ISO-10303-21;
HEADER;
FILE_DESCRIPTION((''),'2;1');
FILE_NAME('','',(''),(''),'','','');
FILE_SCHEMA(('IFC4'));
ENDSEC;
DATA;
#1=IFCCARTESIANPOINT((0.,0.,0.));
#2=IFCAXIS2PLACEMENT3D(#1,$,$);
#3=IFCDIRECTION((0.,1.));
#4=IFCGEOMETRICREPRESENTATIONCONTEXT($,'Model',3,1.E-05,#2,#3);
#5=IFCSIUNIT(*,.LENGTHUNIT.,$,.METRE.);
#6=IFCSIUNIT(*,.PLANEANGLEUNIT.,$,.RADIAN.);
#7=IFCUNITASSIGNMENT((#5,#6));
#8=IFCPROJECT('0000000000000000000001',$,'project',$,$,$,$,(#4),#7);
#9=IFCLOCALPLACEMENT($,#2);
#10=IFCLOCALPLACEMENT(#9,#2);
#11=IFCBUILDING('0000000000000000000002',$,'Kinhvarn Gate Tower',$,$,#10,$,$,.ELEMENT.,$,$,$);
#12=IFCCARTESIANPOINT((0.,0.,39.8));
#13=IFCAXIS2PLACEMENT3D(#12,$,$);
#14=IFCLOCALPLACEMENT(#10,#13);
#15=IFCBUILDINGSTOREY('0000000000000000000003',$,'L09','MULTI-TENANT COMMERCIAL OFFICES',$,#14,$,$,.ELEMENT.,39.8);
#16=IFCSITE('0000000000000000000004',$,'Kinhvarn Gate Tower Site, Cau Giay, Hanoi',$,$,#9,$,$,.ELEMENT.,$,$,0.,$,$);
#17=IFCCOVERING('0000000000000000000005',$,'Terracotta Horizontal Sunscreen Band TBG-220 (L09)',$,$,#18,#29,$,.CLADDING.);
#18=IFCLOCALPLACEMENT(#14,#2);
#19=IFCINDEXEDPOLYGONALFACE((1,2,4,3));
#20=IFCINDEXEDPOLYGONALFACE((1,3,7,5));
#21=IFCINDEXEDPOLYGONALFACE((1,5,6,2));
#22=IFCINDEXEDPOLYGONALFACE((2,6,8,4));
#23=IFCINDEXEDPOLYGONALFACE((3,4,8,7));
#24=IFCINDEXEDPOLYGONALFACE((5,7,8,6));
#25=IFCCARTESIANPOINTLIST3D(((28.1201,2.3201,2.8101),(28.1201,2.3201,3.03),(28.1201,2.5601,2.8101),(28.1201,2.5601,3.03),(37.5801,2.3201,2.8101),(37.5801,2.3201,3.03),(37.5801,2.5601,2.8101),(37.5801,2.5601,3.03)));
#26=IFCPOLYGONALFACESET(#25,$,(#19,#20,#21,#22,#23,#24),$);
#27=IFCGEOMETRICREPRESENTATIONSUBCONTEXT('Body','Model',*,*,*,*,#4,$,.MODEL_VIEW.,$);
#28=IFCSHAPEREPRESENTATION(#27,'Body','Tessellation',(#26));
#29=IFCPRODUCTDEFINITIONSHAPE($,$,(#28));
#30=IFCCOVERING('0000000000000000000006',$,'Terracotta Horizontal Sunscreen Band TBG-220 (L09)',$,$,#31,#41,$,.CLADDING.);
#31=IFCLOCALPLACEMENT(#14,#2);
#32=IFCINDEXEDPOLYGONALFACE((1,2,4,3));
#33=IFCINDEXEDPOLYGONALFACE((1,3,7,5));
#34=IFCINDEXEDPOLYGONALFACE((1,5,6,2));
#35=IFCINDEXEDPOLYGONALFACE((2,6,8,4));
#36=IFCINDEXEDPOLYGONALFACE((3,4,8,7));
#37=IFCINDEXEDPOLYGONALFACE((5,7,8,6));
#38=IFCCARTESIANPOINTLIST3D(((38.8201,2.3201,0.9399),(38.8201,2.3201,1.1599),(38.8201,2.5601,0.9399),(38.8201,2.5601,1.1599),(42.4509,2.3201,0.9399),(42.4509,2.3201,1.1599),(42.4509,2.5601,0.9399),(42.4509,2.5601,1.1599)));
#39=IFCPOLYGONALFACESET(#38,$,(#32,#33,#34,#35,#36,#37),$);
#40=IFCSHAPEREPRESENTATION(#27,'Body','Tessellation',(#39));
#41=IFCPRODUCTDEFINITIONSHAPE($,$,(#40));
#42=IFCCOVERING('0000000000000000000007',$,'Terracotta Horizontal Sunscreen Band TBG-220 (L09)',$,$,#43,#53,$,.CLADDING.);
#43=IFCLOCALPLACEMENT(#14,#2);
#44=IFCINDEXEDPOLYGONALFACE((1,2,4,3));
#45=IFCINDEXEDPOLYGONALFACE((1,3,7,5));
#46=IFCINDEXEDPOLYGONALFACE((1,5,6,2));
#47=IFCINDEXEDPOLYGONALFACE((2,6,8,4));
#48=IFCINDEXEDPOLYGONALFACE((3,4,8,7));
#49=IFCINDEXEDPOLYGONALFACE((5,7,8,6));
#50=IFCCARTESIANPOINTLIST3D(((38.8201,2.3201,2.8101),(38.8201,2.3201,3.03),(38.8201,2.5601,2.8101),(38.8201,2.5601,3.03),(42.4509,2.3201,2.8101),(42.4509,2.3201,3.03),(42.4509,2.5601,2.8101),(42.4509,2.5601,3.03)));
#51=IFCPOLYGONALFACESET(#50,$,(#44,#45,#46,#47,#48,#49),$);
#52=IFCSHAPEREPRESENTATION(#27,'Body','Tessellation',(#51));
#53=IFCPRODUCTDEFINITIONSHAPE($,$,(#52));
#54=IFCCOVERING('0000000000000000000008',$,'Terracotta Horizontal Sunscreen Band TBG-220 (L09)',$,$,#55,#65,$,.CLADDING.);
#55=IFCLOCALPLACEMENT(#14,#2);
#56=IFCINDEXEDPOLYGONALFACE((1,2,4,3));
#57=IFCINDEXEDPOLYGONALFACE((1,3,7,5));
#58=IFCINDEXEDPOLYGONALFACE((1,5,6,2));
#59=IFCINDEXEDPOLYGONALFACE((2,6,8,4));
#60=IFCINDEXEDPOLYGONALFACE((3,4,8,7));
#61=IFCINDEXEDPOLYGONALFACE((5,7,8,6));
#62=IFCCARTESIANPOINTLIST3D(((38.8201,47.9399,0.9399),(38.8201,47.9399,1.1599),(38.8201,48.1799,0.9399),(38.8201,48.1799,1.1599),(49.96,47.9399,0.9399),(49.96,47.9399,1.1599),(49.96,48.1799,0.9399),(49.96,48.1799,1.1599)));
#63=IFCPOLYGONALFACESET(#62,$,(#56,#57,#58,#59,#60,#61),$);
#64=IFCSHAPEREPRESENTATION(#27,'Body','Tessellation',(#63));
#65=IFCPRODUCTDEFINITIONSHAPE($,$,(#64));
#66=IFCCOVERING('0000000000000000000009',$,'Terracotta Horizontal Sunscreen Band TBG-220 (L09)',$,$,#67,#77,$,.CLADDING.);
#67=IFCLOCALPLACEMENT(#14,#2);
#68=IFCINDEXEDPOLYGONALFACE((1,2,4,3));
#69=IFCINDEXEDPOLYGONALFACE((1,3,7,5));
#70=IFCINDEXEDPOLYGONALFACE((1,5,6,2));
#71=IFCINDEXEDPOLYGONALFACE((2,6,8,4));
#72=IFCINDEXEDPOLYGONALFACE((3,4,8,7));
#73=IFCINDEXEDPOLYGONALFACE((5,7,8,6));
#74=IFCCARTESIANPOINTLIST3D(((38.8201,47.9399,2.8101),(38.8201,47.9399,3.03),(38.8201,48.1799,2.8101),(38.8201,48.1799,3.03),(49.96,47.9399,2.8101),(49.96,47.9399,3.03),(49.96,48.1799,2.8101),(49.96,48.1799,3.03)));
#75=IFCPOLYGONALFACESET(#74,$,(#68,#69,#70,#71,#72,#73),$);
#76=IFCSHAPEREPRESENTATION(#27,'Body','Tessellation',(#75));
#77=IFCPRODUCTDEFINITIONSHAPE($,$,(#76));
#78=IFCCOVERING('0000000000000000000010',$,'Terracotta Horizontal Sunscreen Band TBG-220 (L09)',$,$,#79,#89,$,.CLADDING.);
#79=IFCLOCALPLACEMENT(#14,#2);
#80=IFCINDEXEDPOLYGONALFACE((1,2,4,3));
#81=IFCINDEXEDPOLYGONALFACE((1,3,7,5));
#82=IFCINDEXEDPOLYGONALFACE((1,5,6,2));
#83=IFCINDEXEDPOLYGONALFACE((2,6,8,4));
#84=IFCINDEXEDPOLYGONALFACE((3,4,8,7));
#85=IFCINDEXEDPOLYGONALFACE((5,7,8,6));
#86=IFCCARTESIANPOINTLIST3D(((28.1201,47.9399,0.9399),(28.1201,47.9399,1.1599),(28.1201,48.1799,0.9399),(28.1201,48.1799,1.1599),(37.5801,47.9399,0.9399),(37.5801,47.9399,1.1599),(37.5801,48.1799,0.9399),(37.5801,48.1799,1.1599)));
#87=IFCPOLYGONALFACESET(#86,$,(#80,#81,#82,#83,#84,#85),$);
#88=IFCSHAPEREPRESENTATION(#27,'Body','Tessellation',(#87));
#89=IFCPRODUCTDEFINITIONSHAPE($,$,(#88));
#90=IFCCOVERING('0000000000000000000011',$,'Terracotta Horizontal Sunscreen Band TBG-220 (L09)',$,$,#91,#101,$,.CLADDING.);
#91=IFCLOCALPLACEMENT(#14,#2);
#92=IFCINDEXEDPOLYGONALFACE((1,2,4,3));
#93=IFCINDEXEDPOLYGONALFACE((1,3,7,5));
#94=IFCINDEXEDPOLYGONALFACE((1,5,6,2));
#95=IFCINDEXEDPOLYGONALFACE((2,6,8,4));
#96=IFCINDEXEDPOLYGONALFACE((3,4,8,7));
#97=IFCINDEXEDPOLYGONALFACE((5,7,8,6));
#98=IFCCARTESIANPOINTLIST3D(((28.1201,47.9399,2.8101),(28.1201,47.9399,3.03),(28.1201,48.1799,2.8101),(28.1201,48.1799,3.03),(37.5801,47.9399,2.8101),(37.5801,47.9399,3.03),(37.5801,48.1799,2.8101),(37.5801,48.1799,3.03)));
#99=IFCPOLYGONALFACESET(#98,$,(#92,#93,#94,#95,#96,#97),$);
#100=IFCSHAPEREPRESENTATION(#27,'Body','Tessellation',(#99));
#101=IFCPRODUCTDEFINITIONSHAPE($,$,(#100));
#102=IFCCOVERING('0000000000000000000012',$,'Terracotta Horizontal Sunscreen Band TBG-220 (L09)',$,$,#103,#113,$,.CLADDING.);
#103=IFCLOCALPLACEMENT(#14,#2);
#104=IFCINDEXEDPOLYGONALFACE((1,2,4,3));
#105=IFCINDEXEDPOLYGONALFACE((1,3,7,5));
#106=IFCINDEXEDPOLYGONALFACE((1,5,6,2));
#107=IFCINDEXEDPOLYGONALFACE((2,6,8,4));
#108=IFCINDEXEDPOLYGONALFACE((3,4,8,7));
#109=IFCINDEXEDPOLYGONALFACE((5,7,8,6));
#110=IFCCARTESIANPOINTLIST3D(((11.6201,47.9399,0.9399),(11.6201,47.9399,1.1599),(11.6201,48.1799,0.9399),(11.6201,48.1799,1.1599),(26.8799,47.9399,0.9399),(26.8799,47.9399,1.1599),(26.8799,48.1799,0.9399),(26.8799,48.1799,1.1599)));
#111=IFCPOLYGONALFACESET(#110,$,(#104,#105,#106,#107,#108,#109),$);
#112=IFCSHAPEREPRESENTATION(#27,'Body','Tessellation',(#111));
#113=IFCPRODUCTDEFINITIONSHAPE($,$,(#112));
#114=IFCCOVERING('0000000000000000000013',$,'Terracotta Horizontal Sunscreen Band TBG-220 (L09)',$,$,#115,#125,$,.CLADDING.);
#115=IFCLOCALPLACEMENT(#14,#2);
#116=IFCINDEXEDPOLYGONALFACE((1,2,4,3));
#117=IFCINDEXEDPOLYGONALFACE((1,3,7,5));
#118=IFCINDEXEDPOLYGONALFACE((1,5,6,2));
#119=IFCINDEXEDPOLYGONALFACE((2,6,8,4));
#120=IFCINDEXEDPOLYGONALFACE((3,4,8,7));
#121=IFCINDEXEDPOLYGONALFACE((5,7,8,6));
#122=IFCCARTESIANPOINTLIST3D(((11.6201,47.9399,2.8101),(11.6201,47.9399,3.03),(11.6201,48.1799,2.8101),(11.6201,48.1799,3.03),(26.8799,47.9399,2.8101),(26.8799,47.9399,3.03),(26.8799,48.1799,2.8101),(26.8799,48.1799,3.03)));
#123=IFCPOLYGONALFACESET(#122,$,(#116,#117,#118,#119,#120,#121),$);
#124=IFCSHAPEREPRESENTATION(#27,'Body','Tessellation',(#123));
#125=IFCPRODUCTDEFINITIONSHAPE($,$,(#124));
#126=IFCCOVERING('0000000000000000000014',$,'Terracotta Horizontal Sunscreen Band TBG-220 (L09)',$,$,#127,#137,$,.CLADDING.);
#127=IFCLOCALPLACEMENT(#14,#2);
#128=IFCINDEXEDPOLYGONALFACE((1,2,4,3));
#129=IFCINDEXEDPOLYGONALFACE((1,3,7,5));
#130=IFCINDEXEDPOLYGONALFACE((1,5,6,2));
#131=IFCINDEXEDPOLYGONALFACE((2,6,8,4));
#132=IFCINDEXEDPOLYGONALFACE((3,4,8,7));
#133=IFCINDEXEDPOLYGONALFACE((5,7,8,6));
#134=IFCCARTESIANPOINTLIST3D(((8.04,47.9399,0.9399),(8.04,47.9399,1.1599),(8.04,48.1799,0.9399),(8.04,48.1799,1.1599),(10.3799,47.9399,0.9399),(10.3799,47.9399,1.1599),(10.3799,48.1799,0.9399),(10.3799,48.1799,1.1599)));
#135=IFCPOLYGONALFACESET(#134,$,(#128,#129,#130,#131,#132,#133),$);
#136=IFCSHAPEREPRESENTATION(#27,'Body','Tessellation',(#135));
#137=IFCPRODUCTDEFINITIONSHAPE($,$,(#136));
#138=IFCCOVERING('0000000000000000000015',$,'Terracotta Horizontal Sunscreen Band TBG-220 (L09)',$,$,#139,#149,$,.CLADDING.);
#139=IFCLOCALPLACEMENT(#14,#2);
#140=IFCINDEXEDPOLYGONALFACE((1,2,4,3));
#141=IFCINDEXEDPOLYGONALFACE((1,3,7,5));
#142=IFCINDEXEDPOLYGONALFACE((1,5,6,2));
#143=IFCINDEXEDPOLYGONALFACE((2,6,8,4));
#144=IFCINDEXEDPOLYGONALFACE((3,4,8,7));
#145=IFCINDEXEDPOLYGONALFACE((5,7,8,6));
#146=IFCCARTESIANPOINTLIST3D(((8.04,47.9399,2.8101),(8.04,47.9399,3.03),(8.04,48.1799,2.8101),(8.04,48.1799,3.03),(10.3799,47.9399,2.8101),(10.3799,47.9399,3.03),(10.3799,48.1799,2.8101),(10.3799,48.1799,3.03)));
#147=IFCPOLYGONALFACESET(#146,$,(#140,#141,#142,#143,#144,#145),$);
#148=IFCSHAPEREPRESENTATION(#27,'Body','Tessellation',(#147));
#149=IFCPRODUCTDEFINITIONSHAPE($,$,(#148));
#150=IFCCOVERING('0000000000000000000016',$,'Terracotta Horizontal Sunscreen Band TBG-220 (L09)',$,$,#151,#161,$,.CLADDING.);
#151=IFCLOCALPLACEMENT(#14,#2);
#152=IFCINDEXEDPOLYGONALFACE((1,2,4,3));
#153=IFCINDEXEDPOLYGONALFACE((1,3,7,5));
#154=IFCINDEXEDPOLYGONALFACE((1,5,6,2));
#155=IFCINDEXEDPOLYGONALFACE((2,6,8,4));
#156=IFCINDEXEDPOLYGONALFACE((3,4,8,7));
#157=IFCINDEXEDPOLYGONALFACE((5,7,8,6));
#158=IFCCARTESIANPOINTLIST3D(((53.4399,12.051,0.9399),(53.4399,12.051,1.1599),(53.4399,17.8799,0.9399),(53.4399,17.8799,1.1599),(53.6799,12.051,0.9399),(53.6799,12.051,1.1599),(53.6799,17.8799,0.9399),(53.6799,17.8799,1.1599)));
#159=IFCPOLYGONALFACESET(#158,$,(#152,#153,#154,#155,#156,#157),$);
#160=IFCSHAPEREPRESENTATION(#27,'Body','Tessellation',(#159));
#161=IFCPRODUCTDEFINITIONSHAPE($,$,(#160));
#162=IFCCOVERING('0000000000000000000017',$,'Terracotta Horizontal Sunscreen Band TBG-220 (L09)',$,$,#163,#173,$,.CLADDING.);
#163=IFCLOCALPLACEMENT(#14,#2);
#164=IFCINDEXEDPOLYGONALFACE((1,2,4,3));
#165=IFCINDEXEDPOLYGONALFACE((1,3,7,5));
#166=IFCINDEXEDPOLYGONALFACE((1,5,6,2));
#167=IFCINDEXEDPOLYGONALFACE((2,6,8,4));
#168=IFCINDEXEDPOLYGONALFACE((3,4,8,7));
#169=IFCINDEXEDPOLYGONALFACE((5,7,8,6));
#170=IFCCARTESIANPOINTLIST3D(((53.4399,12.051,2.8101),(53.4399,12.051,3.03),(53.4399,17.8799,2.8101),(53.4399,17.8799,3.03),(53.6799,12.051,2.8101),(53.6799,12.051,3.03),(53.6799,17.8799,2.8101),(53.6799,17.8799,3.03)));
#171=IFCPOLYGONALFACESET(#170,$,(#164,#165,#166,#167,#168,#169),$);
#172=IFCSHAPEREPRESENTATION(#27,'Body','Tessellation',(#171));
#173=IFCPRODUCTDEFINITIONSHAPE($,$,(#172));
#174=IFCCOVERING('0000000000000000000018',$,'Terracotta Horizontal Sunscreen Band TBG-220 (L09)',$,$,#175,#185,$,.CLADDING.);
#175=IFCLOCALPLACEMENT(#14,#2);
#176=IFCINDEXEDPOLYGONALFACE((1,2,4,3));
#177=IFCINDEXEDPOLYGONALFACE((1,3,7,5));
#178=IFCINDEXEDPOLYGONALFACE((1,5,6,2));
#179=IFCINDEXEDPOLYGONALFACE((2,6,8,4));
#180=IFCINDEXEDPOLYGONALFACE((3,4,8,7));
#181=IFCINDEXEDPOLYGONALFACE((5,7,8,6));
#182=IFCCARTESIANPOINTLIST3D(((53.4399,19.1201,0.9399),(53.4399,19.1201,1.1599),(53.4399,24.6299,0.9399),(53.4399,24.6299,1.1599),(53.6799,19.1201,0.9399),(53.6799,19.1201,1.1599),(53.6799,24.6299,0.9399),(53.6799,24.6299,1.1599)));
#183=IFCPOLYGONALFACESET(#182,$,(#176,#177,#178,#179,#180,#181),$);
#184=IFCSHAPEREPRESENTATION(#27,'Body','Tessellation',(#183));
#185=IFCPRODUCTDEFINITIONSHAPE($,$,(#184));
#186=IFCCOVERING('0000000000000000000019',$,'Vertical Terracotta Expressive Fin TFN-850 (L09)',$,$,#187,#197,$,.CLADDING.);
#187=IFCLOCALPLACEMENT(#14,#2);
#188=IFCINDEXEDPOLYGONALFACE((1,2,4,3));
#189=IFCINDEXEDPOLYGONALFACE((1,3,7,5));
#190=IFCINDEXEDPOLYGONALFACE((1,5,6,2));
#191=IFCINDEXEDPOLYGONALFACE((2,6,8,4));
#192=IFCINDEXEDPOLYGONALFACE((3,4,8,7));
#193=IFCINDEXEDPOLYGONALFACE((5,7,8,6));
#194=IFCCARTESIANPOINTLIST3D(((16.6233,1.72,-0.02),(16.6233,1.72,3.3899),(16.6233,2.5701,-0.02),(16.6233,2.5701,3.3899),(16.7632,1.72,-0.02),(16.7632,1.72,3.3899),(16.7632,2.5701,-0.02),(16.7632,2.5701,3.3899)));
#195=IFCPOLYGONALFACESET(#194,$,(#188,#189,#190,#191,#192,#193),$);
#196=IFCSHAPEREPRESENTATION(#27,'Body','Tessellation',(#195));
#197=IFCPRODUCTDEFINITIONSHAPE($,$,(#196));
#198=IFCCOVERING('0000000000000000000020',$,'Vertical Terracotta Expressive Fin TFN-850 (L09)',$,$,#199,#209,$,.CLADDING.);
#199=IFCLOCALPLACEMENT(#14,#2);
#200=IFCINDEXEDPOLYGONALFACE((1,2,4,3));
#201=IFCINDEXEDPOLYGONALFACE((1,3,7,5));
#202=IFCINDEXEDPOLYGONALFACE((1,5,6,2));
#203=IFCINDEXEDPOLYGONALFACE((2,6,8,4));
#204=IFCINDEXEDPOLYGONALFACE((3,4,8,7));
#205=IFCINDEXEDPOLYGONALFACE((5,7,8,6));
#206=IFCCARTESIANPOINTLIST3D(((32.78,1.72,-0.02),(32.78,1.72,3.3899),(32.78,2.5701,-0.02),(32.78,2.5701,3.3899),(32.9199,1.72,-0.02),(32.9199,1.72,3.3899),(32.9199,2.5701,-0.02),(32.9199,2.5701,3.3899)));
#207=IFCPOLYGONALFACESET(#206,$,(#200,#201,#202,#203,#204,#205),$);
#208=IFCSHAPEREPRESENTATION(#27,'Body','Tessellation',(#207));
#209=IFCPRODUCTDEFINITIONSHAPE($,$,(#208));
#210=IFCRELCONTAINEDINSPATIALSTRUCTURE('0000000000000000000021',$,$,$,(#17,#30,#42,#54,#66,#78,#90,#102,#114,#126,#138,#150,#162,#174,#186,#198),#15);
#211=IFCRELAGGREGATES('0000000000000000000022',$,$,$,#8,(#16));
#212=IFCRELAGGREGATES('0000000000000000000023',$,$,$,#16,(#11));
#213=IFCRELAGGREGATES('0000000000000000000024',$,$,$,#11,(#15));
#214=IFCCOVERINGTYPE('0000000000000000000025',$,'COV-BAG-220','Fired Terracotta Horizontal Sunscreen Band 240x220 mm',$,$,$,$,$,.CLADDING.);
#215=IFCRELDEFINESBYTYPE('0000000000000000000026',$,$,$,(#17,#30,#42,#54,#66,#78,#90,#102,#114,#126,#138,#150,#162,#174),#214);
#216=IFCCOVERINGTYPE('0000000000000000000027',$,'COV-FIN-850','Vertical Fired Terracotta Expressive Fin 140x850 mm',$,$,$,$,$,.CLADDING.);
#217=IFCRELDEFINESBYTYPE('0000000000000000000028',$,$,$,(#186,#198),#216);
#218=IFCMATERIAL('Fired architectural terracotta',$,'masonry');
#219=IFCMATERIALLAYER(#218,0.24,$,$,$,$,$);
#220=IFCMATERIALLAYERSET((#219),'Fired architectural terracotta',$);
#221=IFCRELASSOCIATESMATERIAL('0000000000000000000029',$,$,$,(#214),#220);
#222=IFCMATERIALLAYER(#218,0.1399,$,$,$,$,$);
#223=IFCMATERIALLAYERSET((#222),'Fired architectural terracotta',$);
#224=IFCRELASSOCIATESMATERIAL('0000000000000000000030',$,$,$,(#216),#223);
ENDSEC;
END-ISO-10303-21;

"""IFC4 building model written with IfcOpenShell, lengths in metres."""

from ifc_helpers import new_model, si_unit, direction, frame, origin, place, context, subcontext, project, spatial, polyline, outline, extrude, material, layer, layer_set, type_object, element, save


model = new_model("IFC4")

# Units and contexts
model_context = context("Model", 3, precision=1e-05, world=origin(), true_north=direction((0.0, 1.0)))
body_context = subcontext(model_context, "Body", "Model", "MODEL_VIEW")
ifc_project = project(units=[si_unit("LENGTHUNIT", "METRE"), si_unit("PLANEANGLEUNIT", "RADIAN")], contexts=[model_context])

# Site, building, storey
site_placement = place(None, origin())
site = spatial("IfcSite", under=ifc_project, at=site_placement, Name="Kinhvarn Gate Tower Site, Cau Giay, Hanoi", CompositionType="ELEMENT", RefElevation=0.0)
building_placement = place(site_placement, origin())
building = spatial("IfcBuilding", under=site, at=building_placement, Name="Kinhvarn Gate Tower", CompositionType="ELEMENT")
storey_placement = place(building_placement, frame((0.0, 0.0, 39.8)))
storey = spatial("IfcBuildingStorey", under=building, at=storey_placement, Name="L09", Description="MULTI-TENANT COMMERCIAL OFFICES", CompositionType="ELEMENT", Elevation=39.8)

# Coverings
ifc_material_1 = material(Name="Fired architectural terracotta", Category="masonry")
ifc_layer_1 = layer(ifc_material_1, 0.24)
ifc_layer_set_1 = layer_set([ifc_layer_1], Name="Fired architectural terracotta")
covering_type_1 = type_object("IfcCoveringType", Name="COV-BAG-220", Description="Fired Terracotta Horizontal Sunscreen Band 240x220 mm", PredefinedType="CLADDING", material=ifc_layer_set_1)
for number, where, name in (
    (1, (0.0, 0.0, 2.8101), "Terracotta Horizontal Sunscreen Band TBG-220 (L09)"),
):
    element("IfcCovering", number, at=place(storey_placement, frame(where)), inside=storey, type_object=covering_type_1, Name=name, PredefinedType="CLADDING", context=body_context, shape_type="SweptSolid", body=[
        extrude(outline(polyline([(28.1201, 2.5601), (37.5801, 2.5601), (37.5801, 2.3201), (28.1201, 2.3201), (28.1201, 2.5601)])), origin(), (0.0, 0.0, 1.0), 0.22),
    ])
for number, where, name in (
    (2, (0.0, 0.0, 0.9399), "Terracotta Horizontal Sunscreen Band TBG-220 (L09)"),
    (3, (0.0, 0.0, 2.8101), "Terracotta Horizontal Sunscreen Band TBG-220 (L09)"),
):
    element("IfcCovering", number, at=place(storey_placement, frame(where)), inside=storey, type_object=covering_type_1, Name=name, PredefinedType="CLADDING", context=body_context, shape_type="SweptSolid", body=[
        extrude(outline(polyline([(38.8201, 2.5601), (42.4509, 2.5601), (42.4509, 2.3201), (38.8201, 2.3201), (38.8201, 2.5601)])), origin(), (0.0, 0.0, 1.0), 0.22),
    ])
for number, where, name in (
    (4, (0.0, 0.0, 0.9399), "Terracotta Horizontal Sunscreen Band TBG-220 (L09)"),
    (5, (0.0, 0.0, 2.8101), "Terracotta Horizontal Sunscreen Band TBG-220 (L09)"),
):
    element("IfcCovering", number, at=place(storey_placement, frame(where)), inside=storey, type_object=covering_type_1, Name=name, PredefinedType="CLADDING", context=body_context, shape_type="SweptSolid", body=[
        extrude(outline(polyline([(49.96, 47.9399), (38.8201, 47.9399), (38.8201, 48.1799), (49.96, 48.1799), (49.96, 47.9399)])), origin(), (0.0, 0.0, 1.0), 0.22),
    ])
for number, where, name in (
    (6, (0.0, 0.0, 0.9399), "Terracotta Horizontal Sunscreen Band TBG-220 (L09)"),
    (7, (0.0, 0.0, 2.8101), "Terracotta Horizontal Sunscreen Band TBG-220 (L09)"),
):
    element("IfcCovering", number, at=place(storey_placement, frame(where)), inside=storey, type_object=covering_type_1, Name=name, PredefinedType="CLADDING", context=body_context, shape_type="SweptSolid", body=[
        extrude(outline(polyline([(37.5801, 47.9399), (28.1201, 47.9399), (28.1201, 48.1799), (37.5801, 48.1799), (37.5801, 47.9399)])), origin(), (0.0, 0.0, 1.0), 0.22),
    ])
for number, where, name in (
    (8, (0.0, 0.0, 0.9399), "Terracotta Horizontal Sunscreen Band TBG-220 (L09)"),
    (9, (0.0, 0.0, 2.8101), "Terracotta Horizontal Sunscreen Band TBG-220 (L09)"),
):
    element("IfcCovering", number, at=place(storey_placement, frame(where)), inside=storey, type_object=covering_type_1, Name=name, PredefinedType="CLADDING", context=body_context, shape_type="SweptSolid", body=[
        extrude(outline(polyline([(26.8799, 47.9399), (11.6201, 47.9399), (11.6201, 48.1799), (26.8799, 48.1799), (26.8799, 47.9399)])), origin(), (0.0, 0.0, 1.0), 0.22),
    ])
for number, where, name in (
    (10, (0.0, 0.0, 0.9399), "Terracotta Horizontal Sunscreen Band TBG-220 (L09)"),
    (11, (0.0, 0.0, 2.8101), "Terracotta Horizontal Sunscreen Band TBG-220 (L09)"),
):
    element("IfcCovering", number, at=place(storey_placement, frame(where)), inside=storey, type_object=covering_type_1, Name=name, PredefinedType="CLADDING", context=body_context, shape_type="SweptSolid", body=[
        extrude(outline(polyline([(10.3799, 47.9399), (8.04, 47.9399), (8.04, 48.1799), (10.3799, 48.1799), (10.3799, 47.9399)])), origin(), (0.0, 0.0, 1.0), 0.22),
    ])
for number, where, name in (
    (12, (0.0, 0.0, 0.9399), "Terracotta Horizontal Sunscreen Band TBG-220 (L09)"),
    (13, (0.0, 0.0, 2.8101), "Terracotta Horizontal Sunscreen Band TBG-220 (L09)"),
):
    element("IfcCovering", number, at=place(storey_placement, frame(where)), inside=storey, type_object=covering_type_1, Name=name, PredefinedType="CLADDING", context=body_context, shape_type="SweptSolid", body=[
        extrude(outline(polyline([(53.4399, 12.051), (53.4399, 17.8799), (53.6799, 17.8799), (53.6799, 12.051), (53.4399, 12.051)])), origin(), (0.0, 0.0, 1.0), 0.22),
    ])
covering_1_placement = place(storey_placement, frame((0.0, 0.0, 0.9399)))
element("IfcCovering", 14, at=covering_1_placement, inside=storey, type_object=covering_type_1, Name="Terracotta Horizontal Sunscreen Band TBG-220 (L09)", PredefinedType="CLADDING", context=body_context, shape_type="SweptSolid", body=[
    extrude(outline(polyline([(53.4399, 19.1201), (53.4399, 24.6299), (53.6799, 24.6299), (53.6799, 19.1201), (53.4399, 19.1201)])), origin(), (0.0, 0.0, 1.0), 0.22),
])
ifc_layer_2 = layer(ifc_material_1, 0.1399)
ifc_layer_set_2 = layer_set([ifc_layer_2], Name="Fired architectural terracotta")
covering_type_2 = type_object("IfcCoveringType", Name="COV-FIN-850", Description="Vertical Fired Terracotta Expressive Fin 140x850 mm", PredefinedType="CLADDING", material=ifc_layer_set_2)
covering_2_placement = place(storey_placement, frame((0.0, 0.0, -0.02)))
element("IfcCovering", 15, at=covering_2_placement, inside=storey, type_object=covering_type_2, Name="Vertical Terracotta Expressive Fin TFN-850 (L09)", PredefinedType="CLADDING", context=body_context, shape_type="SweptSolid", body=[
    extrude(outline(polyline([(16.6233, 2.5701), (16.7632, 2.5701), (16.7632, 1.72), (16.6233, 1.72), (16.6233, 2.5701)])), origin(), (0.0, 0.0, 1.0), 3.4099),
])
covering_3_placement = place(storey_placement, frame((0.0, 0.0, -0.02)))
element("IfcCovering", 16, at=covering_3_placement, inside=storey, type_object=covering_type_2, Name="Vertical Terracotta Expressive Fin TFN-850 (L09)", PredefinedType="CLADDING", context=body_context, shape_type="SweptSolid", body=[
    extrude(outline(polyline([(32.78, 2.5701), (32.9199, 2.5701), (32.9199, 1.72), (32.78, 1.72), (32.78, 2.5701)])), origin(), (0.0, 0.0, 1.0), 3.4099),
])

save(model, "model.ifc")
